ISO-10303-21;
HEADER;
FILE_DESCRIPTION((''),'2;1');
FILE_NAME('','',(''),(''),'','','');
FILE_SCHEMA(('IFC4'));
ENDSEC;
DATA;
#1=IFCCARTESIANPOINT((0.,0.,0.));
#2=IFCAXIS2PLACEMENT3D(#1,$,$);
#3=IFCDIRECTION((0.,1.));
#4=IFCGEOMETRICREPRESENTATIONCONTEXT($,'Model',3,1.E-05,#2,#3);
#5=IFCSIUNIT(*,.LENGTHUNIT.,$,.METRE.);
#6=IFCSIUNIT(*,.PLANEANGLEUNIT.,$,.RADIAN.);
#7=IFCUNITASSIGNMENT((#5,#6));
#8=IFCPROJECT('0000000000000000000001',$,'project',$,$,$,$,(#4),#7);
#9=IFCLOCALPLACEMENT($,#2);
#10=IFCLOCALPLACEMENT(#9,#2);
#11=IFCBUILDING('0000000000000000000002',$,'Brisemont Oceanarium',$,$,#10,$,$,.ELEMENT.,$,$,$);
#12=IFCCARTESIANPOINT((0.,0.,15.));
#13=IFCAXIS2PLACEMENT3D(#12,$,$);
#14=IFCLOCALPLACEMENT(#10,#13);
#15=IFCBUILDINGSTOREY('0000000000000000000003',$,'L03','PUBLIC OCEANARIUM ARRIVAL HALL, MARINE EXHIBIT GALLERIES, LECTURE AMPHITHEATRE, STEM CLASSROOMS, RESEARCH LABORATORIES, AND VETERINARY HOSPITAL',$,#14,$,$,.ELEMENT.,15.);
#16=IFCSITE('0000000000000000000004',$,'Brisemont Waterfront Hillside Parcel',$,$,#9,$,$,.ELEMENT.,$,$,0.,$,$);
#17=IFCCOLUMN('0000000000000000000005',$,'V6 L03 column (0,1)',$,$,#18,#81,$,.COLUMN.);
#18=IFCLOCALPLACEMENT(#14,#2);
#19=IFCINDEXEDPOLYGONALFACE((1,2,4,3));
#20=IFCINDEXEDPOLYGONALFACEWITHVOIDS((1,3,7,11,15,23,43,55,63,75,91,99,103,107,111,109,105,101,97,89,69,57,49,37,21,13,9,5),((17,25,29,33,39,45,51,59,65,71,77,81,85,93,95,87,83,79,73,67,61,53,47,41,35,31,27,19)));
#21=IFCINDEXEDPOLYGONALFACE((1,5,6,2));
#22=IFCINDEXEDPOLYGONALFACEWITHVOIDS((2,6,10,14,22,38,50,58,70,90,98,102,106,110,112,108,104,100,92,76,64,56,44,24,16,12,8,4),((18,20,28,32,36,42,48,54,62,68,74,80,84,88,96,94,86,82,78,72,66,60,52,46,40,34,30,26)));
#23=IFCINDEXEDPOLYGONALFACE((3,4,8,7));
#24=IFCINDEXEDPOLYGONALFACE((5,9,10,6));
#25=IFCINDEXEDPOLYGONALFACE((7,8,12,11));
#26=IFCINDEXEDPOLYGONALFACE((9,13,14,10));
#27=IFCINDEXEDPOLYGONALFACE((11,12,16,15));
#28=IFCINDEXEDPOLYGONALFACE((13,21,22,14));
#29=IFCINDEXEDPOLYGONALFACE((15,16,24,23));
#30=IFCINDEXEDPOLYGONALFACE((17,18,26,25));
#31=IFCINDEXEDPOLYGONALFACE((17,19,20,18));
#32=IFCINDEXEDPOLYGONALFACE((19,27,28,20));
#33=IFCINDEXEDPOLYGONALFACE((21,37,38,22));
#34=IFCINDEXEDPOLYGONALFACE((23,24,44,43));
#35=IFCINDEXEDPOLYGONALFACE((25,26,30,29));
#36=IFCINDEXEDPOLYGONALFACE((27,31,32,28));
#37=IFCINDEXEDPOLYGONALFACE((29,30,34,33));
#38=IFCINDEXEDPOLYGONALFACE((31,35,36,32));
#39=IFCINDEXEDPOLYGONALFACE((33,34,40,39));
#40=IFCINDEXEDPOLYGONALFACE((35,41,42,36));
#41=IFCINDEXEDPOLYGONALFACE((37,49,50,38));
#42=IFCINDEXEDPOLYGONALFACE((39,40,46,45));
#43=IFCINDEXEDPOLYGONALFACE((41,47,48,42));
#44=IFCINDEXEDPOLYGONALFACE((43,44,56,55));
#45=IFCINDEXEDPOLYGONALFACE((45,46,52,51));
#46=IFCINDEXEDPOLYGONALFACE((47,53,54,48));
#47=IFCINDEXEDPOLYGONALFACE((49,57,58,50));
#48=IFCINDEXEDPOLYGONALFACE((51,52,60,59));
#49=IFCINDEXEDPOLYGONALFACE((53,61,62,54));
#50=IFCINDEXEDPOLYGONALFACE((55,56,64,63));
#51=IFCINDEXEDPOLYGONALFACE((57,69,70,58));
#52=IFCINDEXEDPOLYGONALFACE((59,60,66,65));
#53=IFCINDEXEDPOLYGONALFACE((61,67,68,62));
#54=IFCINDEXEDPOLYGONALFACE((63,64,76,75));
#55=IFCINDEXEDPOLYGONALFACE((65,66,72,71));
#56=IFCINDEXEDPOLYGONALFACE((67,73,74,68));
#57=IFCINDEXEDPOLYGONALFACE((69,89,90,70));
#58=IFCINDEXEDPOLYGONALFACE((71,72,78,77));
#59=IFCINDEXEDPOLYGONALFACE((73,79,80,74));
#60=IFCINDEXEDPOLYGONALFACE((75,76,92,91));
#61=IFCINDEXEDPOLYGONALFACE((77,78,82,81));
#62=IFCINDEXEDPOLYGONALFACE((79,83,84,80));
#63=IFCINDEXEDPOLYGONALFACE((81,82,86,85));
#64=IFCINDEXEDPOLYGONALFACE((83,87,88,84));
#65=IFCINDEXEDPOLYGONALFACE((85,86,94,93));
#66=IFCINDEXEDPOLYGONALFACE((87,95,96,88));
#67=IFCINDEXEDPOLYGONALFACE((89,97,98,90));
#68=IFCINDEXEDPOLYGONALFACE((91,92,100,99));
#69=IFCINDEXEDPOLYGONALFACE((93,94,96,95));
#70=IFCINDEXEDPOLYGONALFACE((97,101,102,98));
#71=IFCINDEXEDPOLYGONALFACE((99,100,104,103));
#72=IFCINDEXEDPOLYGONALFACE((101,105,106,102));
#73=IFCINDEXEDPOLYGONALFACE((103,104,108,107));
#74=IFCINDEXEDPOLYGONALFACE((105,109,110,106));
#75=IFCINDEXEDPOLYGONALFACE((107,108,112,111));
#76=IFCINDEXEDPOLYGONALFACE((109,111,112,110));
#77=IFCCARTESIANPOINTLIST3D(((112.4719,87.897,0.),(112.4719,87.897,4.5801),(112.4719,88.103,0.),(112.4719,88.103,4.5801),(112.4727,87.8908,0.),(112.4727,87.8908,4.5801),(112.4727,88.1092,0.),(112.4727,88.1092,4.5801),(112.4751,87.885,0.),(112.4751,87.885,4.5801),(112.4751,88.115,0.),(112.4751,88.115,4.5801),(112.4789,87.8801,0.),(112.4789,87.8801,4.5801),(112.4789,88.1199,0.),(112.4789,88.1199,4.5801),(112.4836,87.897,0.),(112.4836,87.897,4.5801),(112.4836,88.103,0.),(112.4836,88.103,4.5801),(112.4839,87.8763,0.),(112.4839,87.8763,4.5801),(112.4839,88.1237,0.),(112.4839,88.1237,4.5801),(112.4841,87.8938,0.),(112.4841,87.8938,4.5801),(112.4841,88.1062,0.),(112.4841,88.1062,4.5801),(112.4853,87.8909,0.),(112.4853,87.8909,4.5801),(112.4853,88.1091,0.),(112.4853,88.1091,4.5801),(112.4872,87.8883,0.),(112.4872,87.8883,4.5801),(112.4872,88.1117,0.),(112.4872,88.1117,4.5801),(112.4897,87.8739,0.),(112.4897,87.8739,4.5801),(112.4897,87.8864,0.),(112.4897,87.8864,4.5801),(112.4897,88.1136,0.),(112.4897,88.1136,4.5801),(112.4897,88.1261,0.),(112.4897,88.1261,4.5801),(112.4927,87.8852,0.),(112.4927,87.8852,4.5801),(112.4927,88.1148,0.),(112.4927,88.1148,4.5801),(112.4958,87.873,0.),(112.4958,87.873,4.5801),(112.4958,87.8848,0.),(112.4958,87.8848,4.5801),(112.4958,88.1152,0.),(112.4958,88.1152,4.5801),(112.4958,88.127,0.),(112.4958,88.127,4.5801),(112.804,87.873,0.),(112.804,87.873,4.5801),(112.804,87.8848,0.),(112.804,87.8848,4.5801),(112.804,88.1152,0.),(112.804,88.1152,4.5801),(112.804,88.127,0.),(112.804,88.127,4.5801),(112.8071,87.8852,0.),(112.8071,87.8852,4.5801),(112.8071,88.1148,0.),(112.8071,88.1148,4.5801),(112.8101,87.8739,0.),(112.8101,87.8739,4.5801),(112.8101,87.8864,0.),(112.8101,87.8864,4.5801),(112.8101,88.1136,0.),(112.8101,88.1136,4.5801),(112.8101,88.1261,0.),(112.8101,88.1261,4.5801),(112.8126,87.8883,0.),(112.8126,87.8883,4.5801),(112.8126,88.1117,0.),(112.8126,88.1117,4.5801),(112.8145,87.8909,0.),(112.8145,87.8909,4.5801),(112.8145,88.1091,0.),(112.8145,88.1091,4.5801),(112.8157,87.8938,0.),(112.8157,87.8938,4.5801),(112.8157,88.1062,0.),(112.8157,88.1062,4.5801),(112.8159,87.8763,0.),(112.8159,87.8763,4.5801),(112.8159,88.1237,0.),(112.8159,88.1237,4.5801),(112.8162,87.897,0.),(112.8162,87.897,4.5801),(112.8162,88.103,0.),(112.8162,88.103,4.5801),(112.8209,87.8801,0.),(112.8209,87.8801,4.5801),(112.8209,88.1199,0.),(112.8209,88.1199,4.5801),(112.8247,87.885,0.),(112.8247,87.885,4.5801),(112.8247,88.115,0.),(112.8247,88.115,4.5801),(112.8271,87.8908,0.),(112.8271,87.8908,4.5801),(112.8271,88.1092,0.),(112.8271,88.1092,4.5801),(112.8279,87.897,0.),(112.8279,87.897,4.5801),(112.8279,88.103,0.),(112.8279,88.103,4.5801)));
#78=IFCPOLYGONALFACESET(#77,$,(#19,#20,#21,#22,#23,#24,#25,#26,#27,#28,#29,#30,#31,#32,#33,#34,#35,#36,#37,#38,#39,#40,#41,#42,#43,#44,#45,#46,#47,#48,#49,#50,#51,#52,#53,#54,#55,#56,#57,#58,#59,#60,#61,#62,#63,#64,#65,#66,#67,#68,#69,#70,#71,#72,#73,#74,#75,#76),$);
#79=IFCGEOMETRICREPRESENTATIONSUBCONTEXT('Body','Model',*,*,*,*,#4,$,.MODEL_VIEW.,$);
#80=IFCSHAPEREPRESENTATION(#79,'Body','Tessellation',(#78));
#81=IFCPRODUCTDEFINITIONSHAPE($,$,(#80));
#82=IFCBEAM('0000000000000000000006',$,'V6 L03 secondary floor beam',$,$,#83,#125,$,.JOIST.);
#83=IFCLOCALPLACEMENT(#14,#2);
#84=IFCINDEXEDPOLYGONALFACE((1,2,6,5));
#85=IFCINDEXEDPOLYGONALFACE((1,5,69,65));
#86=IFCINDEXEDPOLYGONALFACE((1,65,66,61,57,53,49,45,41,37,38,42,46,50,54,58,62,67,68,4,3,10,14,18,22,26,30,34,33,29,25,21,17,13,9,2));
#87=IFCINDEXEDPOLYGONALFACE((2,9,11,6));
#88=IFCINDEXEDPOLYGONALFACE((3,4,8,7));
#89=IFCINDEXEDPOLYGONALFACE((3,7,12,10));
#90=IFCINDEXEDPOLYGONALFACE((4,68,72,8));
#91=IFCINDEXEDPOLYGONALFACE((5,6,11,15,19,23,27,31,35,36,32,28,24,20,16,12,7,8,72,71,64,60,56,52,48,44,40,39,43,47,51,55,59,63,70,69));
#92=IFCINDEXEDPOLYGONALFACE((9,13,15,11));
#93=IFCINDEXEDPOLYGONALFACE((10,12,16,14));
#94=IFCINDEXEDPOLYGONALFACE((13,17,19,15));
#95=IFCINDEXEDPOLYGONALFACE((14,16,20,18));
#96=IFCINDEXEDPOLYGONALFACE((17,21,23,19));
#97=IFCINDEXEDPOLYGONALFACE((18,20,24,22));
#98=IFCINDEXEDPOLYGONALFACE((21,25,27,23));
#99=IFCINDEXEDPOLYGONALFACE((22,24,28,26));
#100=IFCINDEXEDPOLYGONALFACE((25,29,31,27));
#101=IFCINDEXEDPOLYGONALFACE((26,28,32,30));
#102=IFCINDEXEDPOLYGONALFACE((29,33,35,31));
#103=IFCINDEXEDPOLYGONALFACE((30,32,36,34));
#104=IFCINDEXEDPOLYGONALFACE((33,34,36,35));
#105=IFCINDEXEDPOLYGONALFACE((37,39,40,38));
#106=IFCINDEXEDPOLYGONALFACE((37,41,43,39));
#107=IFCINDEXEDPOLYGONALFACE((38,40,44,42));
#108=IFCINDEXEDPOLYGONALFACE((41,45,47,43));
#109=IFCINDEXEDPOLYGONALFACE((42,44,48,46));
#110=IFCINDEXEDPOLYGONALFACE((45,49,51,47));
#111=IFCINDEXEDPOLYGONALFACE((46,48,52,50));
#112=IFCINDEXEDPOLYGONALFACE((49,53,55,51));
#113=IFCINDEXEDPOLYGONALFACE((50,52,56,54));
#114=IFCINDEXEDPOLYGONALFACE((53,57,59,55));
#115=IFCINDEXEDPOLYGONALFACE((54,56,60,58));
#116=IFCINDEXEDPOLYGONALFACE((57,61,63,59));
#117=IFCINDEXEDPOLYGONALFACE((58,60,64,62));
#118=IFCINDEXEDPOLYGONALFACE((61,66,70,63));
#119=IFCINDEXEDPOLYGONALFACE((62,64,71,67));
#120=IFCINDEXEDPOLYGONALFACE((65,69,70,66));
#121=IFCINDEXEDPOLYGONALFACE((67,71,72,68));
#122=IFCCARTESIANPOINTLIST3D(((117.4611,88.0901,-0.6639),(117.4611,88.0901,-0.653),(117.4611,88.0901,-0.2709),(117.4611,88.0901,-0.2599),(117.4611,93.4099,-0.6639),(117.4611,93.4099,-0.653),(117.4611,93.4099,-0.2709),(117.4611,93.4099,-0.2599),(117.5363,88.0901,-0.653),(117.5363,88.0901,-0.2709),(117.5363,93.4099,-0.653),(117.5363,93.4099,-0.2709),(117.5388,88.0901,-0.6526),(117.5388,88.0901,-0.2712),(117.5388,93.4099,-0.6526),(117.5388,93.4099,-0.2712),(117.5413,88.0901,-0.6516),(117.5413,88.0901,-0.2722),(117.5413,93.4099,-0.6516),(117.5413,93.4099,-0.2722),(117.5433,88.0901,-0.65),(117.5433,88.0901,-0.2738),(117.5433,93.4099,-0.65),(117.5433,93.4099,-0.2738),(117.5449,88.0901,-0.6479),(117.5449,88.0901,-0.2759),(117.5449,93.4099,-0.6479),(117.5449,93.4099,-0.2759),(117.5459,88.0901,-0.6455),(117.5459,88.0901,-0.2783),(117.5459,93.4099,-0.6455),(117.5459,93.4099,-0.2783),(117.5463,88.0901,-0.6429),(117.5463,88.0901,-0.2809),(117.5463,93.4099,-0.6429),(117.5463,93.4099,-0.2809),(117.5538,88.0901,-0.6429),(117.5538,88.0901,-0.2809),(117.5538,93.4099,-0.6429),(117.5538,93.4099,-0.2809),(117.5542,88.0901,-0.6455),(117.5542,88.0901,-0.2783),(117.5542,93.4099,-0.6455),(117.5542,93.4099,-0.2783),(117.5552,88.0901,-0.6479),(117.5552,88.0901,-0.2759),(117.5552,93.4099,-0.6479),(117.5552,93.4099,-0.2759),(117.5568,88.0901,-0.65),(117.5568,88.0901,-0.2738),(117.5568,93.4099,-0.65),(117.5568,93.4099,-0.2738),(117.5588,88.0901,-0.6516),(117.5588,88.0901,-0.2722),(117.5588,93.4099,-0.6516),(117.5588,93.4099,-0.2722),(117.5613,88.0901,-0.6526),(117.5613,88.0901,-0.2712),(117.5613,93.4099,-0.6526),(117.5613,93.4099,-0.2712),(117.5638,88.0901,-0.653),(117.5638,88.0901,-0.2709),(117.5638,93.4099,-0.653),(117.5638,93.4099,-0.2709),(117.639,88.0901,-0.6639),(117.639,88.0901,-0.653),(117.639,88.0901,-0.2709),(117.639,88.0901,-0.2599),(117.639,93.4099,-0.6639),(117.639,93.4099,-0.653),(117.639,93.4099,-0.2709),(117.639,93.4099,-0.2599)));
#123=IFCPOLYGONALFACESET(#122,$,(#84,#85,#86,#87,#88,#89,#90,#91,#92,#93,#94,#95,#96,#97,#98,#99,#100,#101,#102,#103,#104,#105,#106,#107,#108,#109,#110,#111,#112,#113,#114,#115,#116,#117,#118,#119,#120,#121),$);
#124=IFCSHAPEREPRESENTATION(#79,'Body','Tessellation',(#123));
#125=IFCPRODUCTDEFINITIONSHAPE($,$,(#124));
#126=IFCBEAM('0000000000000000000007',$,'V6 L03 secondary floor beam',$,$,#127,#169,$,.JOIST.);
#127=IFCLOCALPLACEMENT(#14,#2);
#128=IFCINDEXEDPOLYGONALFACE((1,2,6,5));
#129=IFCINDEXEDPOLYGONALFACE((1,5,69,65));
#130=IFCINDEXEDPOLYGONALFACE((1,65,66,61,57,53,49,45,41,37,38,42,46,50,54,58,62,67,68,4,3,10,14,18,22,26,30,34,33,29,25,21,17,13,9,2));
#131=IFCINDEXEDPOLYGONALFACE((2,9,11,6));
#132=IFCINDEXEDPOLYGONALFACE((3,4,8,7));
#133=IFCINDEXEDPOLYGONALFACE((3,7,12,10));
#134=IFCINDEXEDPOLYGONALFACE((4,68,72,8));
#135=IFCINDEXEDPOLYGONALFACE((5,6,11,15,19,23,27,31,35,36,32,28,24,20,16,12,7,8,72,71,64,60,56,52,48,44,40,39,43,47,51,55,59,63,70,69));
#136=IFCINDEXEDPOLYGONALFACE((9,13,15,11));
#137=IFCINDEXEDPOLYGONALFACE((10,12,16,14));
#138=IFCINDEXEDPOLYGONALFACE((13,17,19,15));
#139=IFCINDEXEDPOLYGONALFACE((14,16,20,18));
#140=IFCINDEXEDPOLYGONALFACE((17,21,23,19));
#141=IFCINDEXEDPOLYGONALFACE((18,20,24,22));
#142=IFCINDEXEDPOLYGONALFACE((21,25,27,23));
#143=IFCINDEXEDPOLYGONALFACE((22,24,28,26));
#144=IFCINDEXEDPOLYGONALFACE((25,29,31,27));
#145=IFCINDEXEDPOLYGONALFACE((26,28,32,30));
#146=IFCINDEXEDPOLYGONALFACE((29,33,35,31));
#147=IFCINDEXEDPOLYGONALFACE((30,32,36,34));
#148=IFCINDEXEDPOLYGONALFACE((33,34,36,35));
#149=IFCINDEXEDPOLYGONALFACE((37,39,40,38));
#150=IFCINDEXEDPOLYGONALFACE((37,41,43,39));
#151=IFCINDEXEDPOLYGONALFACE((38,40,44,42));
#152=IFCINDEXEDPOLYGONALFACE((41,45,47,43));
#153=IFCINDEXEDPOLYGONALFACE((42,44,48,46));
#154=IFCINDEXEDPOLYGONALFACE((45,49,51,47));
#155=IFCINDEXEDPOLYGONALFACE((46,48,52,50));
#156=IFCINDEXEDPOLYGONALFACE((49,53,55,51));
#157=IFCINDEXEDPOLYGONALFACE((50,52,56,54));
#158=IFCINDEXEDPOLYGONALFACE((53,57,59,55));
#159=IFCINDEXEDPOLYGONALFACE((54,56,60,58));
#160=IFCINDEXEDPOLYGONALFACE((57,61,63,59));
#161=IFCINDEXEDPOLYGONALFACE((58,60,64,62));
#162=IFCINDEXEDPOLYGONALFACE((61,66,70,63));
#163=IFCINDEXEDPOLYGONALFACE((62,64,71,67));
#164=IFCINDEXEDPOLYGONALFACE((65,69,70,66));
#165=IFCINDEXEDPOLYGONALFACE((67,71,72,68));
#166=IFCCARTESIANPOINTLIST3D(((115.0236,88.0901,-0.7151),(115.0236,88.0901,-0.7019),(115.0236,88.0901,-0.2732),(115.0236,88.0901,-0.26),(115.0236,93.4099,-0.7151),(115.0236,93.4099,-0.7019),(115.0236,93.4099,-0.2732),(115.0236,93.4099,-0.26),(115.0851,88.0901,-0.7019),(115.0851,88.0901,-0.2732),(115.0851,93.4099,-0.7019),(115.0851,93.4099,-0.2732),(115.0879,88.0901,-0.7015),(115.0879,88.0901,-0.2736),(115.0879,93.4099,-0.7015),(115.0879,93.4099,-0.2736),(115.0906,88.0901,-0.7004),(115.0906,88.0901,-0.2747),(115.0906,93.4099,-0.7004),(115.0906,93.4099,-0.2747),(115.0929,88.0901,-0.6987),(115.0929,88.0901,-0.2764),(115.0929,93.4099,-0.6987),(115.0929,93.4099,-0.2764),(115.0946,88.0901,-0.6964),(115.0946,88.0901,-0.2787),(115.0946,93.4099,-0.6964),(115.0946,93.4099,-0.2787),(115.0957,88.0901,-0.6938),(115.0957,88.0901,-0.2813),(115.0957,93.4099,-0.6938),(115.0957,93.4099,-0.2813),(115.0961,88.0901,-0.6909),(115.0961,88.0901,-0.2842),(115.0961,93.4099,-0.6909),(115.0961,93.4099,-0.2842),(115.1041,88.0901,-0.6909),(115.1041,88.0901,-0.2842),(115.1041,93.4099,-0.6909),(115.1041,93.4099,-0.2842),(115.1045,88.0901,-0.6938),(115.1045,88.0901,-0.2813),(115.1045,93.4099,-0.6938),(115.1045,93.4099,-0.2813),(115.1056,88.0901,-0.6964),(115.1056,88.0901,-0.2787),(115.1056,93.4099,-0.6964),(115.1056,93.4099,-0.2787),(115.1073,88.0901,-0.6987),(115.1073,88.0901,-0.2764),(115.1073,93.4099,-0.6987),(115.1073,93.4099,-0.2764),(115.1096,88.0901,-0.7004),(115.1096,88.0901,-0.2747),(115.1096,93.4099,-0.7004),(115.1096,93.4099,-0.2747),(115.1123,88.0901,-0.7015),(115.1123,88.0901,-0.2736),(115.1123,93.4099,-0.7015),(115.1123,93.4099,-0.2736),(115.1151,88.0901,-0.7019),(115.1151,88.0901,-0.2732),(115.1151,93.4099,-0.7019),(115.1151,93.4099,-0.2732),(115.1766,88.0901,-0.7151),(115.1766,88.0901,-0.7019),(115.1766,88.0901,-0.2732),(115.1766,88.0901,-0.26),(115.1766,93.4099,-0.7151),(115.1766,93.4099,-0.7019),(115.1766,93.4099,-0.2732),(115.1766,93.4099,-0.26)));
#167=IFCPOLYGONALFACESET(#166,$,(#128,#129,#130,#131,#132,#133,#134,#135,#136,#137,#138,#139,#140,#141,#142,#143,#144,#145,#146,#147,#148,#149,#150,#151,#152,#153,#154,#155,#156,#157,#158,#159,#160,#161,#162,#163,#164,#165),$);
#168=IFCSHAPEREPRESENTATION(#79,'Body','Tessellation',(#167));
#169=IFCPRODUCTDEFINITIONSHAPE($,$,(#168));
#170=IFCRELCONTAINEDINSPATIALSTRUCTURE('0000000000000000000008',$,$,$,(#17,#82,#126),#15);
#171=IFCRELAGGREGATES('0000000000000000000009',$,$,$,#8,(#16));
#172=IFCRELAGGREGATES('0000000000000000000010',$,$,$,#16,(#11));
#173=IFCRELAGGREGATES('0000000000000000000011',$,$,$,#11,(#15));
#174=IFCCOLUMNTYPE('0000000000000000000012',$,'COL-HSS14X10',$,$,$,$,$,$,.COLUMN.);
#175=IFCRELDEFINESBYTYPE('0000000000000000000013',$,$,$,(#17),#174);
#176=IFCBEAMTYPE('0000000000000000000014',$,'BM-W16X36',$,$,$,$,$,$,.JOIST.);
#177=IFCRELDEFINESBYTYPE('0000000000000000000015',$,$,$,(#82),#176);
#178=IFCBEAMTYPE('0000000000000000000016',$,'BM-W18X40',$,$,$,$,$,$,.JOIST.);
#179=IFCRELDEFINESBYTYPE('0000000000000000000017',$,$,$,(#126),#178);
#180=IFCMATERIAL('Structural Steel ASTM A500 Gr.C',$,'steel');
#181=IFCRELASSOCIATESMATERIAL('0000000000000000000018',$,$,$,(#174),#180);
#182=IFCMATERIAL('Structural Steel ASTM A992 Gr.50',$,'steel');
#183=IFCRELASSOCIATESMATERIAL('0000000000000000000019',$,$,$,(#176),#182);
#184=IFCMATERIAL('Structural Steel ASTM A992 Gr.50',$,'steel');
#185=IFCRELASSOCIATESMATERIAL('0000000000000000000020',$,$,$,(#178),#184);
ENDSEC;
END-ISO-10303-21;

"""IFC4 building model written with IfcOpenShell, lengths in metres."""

from ifc_helpers import new_model, si_unit, direction, frame, origin, origin_2d, place, context, subcontext, project, spatial, hollow_rectangle, i_section, extrude, material, material_profile, profile_set, type_object, element, save


model = new_model("IFC4")

# Units and contexts
model_context = context("Model", 3, precision=1e-05, world=origin(), true_north=direction((0.0, 1.0)))
body_context = subcontext(model_context, "Body", "Model", "MODEL_VIEW")
ifc_project = project(units=[si_unit("LENGTHUNIT", "METRE"), si_unit("PLANEANGLEUNIT", "RADIAN")], contexts=[model_context])

# Site, building, storey
site_placement = place(None, origin())
site = spatial("IfcSite", under=ifc_project, at=site_placement, Name="Brisemont Waterfront Hillside Parcel", CompositionType="ELEMENT", RefElevation=0.0)
building_placement = place(site_placement, origin())
building = spatial("IfcBuilding", under=site, at=building_placement, Name="Brisemont Oceanarium", CompositionType="ELEMENT")
storey_placement = place(building_placement, frame((0.0, 0.0, 15.0)))
storey = spatial("IfcBuildingStorey", under=building, at=storey_placement, Name="L03", Description="PUBLIC OCEANARIUM ARRIVAL HALL, MARINE EXHIBIT GALLERIES, LECTURE AMPHITHEATRE, STEM CLASSROOMS, RESEARCH LABORATORIES, AND VETERINARY HOSPITAL", CompositionType="ELEMENT", Elevation=15.0)

# Column
ifc_material_1 = material(Name="Structural Steel ASTM A500 Gr.C", Category="steel")
ifc_material_profile_1 = material_profile(ifc_material_1, hollow_rectangle(XDim=0.2539, YDim=0.356, WallThickness=0.0117, InnerFilletRadius=0.0122, OuterFilletRadius=0.0239, at=origin_2d()), Name="HSS14X10X1/2")
ifc_profile_set_1 = profile_set([ifc_material_profile_1], Name="Structural Steel ASTM A500 Gr.C")
column_type_1 = type_object("IfcColumnType", Name="COL-HSS14X10", PredefinedType="COLUMN", material=ifc_profile_set_1)
column_1_placement = place(storey_placement, frame((112.6499, 88.0, 0.0), z_axis=(0.0, 0.0, 1.0), x_axis=(0.0, 1.0, 0.0)))
element("IfcColumn", 1, at=column_1_placement, inside=storey, type_object=column_type_1, Name="V6 L03 column (0,1)", PredefinedType="COLUMN", context=body_context, shape_type="SweptSolid", body=[
    extrude(hollow_rectangle(XDim=0.2539, YDim=0.356, WallThickness=0.0117, InnerFilletRadius=0.0122, OuterFilletRadius=0.0239, at=origin_2d()), origin(), (0.0, 0.0, 1.0), 4.5801),
])

# Beams
ifc_material_2 = material(Name="Structural Steel ASTM A992 Gr.50", Category="steel")
ifc_material_profile_2 = material_profile(ifc_material_2, i_section(OverallWidth=0.178, OverallDepth=0.4041, WebThickness=0.0076, FlangeThickness=0.011, FilletRadius=0.01, at=origin_2d()), Name="W16X36")
ifc_profile_set_2 = profile_set([ifc_material_profile_2], Name="Structural Steel ASTM A992 Gr.50")
beam_type_1 = type_object("IfcBeamType", Name="BM-W16X36", PredefinedType="JOIST", material=ifc_profile_set_2)
beam_1_placement = place(storey_placement, frame((117.55, 88.0901, -0.4619), z_axis=(0.0, 1.0, 0.0), x_axis=(-1.0, 0.0, 0.0)))
element("IfcBeam", 2, at=beam_1_placement, inside=storey, type_object=beam_type_1, Name="V6 L03 secondary floor beam", PredefinedType="JOIST", context=body_context, shape_type="SweptSolid", body=[
    extrude(i_section(OverallWidth=0.178, OverallDepth=0.4041, WebThickness=0.0076, FlangeThickness=0.011, FilletRadius=0.01, at=origin_2d()), origin(), (0.0, 0.0, 1.0), 5.3198),
])
ifc_material_3 = material(Name="Structural Steel ASTM A992 Gr.50", Category="steel")
ifc_material_profile_3 = material_profile(ifc_material_3, i_section(OverallWidth=0.1531, OverallDepth=0.4551, WebThickness=0.0081, FlangeThickness=0.0132, FilletRadius=0.011, at=origin_2d()), Name="W18X40")
ifc_profile_set_3 = profile_set([ifc_material_profile_3], Name="Structural Steel ASTM A992 Gr.50")
beam_type_2 = type_object("IfcBeamType", Name="BM-W18X40", PredefinedType="JOIST", material=ifc_profile_set_3)
beam_2_placement = place(storey_placement, frame((115.1001, 88.0901, -0.4875), z_axis=(0.0, 1.0, 0.0), x_axis=(-1.0, 0.0, 0.0)))
element("IfcBeam", 3, at=beam_2_placement, inside=storey, type_object=beam_type_2, Name="V6 L03 secondary floor beam", PredefinedType="JOIST", context=body_context, shape_type="SweptSolid", body=[
    extrude(i_section(OverallWidth=0.1531, OverallDepth=0.4551, WebThickness=0.0081, FlangeThickness=0.0132, FilletRadius=0.011, at=origin_2d()), origin(), (0.0, 0.0, 1.0), 5.3198),
])

save(model, "model.ifc")
